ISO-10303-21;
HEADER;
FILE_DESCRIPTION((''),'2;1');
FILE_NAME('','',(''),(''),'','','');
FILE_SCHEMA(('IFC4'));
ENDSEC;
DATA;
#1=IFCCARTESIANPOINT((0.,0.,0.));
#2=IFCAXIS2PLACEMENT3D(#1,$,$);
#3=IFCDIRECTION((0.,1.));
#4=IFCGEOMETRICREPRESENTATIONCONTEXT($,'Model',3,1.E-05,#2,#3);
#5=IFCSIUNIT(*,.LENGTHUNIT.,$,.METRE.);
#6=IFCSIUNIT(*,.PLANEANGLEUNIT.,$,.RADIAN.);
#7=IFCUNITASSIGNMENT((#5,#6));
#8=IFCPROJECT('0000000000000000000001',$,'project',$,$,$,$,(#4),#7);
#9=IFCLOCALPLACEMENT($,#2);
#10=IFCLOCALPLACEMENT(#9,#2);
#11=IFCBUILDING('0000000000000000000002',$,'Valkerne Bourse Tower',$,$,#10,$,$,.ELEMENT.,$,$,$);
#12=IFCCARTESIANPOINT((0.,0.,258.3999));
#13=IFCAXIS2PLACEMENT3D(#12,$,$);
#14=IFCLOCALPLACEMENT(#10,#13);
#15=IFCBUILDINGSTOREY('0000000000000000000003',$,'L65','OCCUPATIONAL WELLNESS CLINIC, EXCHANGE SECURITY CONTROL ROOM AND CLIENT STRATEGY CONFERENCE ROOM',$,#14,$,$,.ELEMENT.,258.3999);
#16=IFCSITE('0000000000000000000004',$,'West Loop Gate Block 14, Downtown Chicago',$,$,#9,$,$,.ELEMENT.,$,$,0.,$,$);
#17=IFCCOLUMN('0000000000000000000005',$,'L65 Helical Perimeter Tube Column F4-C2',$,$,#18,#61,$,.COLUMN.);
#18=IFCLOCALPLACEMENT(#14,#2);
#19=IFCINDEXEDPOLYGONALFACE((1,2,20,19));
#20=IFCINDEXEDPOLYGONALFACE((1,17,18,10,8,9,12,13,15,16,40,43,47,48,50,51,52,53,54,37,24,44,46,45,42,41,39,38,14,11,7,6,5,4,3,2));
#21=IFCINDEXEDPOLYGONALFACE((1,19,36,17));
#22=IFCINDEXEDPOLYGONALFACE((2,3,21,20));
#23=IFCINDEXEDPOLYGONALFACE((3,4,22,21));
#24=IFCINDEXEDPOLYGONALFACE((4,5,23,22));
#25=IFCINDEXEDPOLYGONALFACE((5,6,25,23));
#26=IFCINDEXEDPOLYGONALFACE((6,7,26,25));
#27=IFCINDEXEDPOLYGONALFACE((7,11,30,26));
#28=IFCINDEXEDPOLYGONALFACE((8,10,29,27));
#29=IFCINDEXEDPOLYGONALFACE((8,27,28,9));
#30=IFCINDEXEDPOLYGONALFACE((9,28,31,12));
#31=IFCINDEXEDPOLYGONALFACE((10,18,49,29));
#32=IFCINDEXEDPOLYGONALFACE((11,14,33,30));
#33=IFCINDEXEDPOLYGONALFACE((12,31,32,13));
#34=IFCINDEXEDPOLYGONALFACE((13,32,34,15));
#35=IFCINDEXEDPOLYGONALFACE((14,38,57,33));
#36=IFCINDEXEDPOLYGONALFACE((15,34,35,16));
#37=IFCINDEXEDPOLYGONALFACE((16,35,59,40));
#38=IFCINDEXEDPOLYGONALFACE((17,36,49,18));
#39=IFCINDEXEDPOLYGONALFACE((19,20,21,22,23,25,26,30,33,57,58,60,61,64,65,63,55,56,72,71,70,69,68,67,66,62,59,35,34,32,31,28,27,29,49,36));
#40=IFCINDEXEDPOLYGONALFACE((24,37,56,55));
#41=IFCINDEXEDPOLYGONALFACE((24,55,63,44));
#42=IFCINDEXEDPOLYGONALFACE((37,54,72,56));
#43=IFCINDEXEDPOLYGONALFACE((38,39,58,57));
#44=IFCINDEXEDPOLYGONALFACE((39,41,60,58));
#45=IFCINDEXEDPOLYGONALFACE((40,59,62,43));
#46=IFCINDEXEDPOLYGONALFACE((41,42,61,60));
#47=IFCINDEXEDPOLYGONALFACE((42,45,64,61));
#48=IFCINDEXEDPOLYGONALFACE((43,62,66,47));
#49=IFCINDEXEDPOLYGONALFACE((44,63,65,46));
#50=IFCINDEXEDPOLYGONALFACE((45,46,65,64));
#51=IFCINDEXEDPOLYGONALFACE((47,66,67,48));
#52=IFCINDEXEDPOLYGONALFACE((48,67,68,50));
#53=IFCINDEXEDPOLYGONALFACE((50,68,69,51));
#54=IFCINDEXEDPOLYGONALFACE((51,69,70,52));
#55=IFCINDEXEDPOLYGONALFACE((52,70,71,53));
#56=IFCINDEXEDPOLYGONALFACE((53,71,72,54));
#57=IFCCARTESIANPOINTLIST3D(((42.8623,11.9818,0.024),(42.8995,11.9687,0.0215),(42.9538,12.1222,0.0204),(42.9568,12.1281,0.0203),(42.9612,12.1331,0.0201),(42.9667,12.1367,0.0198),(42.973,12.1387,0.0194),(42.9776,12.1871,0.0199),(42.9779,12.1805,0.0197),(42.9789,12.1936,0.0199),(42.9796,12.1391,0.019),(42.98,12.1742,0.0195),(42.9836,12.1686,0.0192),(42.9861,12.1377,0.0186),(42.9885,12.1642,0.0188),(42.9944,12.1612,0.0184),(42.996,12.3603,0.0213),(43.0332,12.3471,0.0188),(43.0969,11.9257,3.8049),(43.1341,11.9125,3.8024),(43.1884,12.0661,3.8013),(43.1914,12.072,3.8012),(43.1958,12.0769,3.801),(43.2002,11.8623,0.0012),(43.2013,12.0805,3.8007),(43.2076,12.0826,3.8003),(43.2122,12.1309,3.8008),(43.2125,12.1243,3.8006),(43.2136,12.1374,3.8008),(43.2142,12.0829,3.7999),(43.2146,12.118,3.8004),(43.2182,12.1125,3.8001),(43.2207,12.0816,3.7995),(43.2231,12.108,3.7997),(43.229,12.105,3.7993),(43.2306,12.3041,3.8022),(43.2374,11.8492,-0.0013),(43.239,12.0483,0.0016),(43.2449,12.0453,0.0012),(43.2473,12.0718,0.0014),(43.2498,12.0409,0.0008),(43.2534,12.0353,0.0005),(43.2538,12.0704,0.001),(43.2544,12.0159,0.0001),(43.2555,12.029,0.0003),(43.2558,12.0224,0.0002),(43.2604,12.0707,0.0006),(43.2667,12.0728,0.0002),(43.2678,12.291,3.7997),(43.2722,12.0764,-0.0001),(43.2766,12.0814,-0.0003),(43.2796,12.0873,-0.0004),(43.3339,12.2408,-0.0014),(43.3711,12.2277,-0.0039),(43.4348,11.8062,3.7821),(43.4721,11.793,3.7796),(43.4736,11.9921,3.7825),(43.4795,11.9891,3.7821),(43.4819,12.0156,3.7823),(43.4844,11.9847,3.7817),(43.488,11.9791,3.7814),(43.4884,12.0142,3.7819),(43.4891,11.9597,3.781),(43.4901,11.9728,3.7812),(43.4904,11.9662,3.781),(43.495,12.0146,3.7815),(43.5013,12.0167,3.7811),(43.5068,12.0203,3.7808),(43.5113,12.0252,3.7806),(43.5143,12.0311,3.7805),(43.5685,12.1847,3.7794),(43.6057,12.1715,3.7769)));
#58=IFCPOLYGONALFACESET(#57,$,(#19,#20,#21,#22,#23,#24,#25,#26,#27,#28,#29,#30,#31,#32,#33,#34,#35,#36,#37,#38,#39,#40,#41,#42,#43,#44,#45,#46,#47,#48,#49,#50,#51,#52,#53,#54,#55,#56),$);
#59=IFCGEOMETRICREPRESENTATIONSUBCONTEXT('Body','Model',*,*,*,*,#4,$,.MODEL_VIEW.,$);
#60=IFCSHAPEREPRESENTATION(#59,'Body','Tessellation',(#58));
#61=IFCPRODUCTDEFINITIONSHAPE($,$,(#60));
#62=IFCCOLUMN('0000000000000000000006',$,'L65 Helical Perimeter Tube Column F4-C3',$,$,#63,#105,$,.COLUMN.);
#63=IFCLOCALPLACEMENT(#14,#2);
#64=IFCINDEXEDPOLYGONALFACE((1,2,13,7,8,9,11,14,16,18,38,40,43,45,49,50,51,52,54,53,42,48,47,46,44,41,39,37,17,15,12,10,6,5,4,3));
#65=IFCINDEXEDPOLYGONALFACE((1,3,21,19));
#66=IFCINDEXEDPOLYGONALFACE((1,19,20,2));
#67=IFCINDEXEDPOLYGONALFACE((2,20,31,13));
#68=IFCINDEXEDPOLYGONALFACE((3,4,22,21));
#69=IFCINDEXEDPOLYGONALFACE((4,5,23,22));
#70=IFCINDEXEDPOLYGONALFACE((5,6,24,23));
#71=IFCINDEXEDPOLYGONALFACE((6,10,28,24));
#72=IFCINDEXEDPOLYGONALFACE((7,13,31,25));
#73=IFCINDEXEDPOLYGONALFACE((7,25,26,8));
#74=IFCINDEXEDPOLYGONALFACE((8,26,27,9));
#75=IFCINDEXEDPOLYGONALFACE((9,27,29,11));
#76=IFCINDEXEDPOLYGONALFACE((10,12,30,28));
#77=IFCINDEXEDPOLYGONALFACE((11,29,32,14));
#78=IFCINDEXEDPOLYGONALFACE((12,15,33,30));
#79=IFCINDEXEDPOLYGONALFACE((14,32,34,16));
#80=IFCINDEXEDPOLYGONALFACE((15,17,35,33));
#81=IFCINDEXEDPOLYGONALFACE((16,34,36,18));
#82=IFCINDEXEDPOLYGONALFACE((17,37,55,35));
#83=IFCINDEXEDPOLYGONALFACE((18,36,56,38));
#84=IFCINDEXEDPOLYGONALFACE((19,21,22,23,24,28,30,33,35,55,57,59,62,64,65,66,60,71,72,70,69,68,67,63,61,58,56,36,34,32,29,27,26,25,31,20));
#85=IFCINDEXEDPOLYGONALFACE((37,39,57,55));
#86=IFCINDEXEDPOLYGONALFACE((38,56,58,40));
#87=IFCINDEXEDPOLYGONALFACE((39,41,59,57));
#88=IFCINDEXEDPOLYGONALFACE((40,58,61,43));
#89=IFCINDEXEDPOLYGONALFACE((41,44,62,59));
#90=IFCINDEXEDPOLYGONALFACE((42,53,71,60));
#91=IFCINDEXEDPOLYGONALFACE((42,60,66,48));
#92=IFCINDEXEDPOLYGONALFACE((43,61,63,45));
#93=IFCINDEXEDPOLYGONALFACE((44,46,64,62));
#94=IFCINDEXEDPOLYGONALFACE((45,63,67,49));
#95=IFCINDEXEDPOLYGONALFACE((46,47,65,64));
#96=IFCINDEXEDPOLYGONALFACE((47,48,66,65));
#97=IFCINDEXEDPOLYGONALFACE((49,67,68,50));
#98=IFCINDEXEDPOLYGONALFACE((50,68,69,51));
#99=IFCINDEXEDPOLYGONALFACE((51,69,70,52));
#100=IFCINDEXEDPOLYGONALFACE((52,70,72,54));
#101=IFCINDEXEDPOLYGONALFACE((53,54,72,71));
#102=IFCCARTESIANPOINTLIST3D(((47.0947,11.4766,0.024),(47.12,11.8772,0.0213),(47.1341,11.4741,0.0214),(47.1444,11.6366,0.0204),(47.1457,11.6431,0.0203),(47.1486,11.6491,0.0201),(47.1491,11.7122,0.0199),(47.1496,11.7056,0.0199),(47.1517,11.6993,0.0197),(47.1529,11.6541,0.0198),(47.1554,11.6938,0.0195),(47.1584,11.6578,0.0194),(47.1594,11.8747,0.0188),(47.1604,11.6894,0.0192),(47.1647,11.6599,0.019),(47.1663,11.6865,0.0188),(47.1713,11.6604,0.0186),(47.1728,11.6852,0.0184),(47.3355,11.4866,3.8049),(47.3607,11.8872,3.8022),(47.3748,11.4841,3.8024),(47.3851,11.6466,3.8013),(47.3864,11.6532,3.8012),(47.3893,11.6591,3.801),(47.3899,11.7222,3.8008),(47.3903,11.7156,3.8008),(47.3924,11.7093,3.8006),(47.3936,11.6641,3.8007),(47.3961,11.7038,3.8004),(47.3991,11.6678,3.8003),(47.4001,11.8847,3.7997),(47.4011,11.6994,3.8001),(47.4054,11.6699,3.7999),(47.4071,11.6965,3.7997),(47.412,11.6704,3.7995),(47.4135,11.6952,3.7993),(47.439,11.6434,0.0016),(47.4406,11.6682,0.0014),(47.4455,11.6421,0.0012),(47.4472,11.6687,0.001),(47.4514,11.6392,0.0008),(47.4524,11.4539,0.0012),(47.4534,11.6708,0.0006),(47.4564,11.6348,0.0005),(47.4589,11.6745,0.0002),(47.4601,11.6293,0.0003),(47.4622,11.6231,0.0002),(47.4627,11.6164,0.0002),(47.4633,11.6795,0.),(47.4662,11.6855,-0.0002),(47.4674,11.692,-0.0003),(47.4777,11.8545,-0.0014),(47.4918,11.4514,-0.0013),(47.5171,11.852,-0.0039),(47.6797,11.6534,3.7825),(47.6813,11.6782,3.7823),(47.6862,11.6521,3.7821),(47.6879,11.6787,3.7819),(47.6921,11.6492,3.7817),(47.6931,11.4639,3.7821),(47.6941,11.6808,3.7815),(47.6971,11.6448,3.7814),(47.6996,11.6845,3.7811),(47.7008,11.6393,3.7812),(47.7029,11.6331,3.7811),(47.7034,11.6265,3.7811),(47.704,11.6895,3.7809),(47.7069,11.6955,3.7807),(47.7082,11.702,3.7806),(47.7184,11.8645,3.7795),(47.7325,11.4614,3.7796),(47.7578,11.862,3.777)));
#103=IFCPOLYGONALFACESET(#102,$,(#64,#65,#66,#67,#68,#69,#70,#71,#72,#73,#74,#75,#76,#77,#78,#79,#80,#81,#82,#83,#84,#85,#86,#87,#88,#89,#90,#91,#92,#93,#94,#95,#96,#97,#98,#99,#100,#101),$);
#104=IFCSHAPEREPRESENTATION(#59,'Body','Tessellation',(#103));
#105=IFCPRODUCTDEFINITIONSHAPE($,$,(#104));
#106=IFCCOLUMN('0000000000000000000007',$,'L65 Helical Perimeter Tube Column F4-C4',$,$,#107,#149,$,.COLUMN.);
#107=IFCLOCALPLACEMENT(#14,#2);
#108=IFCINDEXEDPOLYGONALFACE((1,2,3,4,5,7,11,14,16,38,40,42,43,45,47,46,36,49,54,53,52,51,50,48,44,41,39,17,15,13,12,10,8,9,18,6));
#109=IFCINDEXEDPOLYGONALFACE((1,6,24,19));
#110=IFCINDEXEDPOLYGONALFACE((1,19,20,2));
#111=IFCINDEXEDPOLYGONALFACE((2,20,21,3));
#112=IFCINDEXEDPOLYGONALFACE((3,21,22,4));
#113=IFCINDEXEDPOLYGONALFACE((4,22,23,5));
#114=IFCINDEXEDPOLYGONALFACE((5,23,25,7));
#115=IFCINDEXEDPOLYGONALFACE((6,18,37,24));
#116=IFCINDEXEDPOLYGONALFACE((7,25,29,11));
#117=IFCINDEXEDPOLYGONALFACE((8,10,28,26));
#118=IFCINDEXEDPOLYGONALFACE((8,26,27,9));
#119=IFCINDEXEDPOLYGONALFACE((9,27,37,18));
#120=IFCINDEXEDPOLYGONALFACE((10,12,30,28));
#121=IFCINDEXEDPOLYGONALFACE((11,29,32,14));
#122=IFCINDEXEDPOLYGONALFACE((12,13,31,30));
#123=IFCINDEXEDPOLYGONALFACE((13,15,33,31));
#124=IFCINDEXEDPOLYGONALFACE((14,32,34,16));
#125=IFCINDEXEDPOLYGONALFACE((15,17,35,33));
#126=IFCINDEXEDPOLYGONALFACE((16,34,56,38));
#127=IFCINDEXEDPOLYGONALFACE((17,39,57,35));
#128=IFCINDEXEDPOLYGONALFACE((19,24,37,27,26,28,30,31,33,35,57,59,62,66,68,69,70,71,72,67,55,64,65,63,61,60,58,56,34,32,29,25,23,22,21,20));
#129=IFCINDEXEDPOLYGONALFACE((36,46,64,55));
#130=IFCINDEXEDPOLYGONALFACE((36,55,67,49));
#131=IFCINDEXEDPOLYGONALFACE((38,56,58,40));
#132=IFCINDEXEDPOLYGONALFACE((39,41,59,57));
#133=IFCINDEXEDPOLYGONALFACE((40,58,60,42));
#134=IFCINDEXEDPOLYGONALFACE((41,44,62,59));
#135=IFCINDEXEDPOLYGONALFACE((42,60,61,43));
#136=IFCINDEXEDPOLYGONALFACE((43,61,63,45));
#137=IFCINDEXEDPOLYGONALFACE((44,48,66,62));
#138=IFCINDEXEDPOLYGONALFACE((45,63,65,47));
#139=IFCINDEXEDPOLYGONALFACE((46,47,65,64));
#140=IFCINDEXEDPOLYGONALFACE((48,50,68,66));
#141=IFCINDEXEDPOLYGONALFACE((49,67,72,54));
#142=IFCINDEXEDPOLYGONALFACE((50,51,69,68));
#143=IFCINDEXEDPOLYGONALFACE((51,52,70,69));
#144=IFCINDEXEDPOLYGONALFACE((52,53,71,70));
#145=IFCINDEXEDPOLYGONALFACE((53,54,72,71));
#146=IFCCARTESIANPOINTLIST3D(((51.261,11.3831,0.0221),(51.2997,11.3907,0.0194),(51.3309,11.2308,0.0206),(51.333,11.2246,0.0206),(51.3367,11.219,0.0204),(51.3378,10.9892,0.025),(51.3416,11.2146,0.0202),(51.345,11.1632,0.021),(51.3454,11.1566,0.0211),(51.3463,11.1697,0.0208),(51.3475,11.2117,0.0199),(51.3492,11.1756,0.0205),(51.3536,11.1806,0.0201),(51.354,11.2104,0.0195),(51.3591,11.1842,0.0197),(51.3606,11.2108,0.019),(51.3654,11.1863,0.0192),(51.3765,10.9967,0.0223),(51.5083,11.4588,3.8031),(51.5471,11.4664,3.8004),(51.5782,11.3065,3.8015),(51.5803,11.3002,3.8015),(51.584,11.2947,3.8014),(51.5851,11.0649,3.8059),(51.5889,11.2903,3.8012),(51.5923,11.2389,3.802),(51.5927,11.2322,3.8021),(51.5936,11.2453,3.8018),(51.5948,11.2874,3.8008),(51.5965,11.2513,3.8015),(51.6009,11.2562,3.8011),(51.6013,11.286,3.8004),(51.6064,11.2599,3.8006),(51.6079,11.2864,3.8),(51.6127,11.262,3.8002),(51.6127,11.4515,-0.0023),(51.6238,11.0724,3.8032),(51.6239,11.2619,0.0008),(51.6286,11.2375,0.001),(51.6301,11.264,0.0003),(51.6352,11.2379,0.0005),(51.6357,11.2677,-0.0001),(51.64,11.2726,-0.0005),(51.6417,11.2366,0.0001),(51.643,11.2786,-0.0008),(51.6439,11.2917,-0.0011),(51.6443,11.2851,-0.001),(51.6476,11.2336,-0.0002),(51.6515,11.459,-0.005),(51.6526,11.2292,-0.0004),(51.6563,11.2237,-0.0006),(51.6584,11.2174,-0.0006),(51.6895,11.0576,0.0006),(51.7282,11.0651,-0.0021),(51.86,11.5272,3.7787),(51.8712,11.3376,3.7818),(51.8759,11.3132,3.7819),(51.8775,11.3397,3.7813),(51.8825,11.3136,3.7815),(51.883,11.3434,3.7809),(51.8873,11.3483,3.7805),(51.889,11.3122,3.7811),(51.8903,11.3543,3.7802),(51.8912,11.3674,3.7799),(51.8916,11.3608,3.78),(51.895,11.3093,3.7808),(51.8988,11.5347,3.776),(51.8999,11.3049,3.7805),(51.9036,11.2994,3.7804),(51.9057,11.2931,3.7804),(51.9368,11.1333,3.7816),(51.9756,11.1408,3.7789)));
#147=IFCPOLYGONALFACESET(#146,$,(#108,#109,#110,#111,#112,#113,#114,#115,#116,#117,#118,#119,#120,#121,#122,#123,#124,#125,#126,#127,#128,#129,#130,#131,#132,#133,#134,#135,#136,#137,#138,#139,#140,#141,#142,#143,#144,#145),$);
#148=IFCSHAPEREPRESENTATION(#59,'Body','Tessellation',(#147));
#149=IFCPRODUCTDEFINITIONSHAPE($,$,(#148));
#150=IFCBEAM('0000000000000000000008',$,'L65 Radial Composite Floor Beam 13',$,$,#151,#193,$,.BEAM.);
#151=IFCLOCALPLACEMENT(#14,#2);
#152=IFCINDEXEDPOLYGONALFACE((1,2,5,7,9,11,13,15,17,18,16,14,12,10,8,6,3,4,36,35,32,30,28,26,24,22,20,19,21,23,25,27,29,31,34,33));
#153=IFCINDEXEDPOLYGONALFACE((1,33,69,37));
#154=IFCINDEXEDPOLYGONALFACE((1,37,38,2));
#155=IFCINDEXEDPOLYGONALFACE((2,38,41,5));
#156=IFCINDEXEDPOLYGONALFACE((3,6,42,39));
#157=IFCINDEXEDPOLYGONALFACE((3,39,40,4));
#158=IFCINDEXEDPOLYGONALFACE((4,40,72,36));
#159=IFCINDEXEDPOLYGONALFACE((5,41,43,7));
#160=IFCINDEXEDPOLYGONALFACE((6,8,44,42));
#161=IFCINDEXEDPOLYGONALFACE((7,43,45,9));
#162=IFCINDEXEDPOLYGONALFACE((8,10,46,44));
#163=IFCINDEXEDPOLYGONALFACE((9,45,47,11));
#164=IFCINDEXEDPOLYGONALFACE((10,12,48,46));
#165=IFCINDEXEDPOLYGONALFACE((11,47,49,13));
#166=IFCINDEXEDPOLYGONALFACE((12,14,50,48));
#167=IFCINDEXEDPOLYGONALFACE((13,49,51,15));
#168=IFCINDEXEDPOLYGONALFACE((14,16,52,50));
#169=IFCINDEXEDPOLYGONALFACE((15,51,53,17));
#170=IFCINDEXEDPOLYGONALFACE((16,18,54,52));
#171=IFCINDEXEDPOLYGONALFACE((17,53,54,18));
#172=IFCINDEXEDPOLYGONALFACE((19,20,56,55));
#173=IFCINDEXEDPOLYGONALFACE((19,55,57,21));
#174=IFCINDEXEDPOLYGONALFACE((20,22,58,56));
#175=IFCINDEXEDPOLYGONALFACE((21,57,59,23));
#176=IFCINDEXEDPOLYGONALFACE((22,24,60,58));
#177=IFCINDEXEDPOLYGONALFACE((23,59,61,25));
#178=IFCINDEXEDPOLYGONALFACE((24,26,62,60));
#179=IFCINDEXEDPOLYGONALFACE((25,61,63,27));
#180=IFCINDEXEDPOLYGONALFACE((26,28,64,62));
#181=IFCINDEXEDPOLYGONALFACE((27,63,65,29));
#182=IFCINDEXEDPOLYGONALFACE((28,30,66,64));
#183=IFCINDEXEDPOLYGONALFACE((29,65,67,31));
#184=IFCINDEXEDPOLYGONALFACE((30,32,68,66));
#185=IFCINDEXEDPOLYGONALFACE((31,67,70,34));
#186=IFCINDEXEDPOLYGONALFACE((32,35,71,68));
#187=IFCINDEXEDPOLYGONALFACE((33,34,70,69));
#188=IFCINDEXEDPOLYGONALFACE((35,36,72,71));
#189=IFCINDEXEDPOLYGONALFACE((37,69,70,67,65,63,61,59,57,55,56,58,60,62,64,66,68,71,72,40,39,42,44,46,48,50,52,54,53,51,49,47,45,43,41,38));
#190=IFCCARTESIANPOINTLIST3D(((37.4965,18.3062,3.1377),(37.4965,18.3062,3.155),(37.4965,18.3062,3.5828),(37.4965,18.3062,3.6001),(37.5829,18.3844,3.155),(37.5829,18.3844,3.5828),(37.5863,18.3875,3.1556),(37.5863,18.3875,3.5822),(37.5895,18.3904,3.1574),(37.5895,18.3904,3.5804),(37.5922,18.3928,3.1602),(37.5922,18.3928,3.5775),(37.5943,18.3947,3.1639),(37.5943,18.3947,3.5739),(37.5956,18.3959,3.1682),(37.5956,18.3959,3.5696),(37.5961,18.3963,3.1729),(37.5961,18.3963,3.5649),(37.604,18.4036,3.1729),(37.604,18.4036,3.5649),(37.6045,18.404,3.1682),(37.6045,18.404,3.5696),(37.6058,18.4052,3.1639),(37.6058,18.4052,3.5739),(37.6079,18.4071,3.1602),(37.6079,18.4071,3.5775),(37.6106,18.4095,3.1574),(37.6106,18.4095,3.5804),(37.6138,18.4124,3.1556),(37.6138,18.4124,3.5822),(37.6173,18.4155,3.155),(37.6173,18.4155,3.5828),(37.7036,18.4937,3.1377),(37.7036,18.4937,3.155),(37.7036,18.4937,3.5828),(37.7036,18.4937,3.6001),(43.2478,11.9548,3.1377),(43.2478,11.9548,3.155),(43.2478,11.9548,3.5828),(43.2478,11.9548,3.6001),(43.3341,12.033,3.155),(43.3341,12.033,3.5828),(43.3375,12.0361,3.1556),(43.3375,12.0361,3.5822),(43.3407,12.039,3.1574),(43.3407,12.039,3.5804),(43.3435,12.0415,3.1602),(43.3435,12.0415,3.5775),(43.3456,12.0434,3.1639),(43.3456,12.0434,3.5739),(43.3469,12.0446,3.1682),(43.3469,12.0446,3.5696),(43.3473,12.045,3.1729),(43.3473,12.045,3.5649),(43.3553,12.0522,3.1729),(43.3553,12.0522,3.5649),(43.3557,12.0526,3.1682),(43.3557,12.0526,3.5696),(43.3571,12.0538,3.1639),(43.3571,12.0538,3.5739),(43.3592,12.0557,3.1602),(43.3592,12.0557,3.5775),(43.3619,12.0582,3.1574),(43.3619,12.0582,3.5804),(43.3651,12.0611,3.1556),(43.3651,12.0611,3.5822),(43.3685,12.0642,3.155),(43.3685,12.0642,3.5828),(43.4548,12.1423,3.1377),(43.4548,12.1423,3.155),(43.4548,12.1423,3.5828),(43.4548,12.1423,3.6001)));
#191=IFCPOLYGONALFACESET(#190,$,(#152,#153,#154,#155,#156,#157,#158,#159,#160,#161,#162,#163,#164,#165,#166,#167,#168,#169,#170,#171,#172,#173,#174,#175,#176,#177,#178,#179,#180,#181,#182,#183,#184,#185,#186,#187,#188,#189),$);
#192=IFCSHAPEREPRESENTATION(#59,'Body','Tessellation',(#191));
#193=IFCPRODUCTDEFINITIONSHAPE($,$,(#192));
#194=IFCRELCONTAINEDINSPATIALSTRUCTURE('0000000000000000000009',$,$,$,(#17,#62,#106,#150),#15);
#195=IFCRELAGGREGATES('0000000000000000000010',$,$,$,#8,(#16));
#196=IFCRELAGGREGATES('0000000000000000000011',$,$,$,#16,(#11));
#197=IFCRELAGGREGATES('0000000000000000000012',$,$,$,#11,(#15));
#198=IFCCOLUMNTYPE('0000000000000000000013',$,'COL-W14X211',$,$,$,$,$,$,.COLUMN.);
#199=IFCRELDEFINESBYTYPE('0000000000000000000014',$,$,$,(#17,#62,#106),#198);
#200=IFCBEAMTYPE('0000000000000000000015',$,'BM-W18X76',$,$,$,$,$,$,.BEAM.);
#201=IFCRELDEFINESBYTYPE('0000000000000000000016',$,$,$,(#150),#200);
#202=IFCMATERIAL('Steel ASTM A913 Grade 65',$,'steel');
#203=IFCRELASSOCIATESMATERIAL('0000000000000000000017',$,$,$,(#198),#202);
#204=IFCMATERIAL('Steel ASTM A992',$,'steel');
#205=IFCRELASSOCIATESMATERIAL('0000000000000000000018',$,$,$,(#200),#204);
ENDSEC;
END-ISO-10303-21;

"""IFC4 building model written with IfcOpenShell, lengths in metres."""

from ifc_helpers import new_model, si_unit, direction, frame, origin, origin_2d, place, context, subcontext, project, spatial, i_section, extrude, material, material_profile, profile_set, type_object, element, save


model = new_model("IFC4")

# Units and contexts
model_context = context("Model", 3, precision=1e-05, world=origin(), true_north=direction((0.0, 1.0)))
body_context = subcontext(model_context, "Body", "Model", "MODEL_VIEW")
ifc_project = project(units=[si_unit("LENGTHUNIT", "METRE"), si_unit("PLANEANGLEUNIT", "RADIAN")], contexts=[model_context])

# Site, building, storey
site_placement = place(None, origin())
site = spatial("IfcSite", under=ifc_project, at=site_placement, Name="West Loop Gate Block 14, Downtown Chicago", CompositionType="ELEMENT", RefElevation=0.0)
building_placement = place(site_placement, origin())
building = spatial("IfcBuilding", under=site, at=building_placement, Name="Valkerne Bourse Tower", CompositionType="ELEMENT")
storey_placement = place(building_placement, frame((0.0, 0.0, 258.3999)))
storey = spatial("IfcBuildingStorey", under=building, at=storey_placement, Name="L65", Description="OCCUPATIONAL WELLNESS CLINIC, EXCHANGE SECURITY CONTROL ROOM AND CLIENT STRATEGY CONFERENCE ROOM", CompositionType="ELEMENT", Elevation=258.3999)

# Columns
ifc_material_1 = material(Name="Steel ASTM A913 Grade 65", Category="steel")
ifc_material_profile_1 = material_profile(ifc_material_1, i_section(OverallWidth=0.4014, OverallDepth=0.3987, WebThickness=0.0249, FlangeThickness=0.0396, FilletRadius=0.0254, at=origin_2d()), Name="W14X211")
ifc_profile_set_1 = profile_set([ifc_material_profile_1], Name="Steel ASTM A913 Grade 65")
column_type = type_object("IfcColumnType", Name="COL-W14X211", PredefinedType="COLUMN", material=ifc_profile_set_1)
for number, where, z_axis, x_axis, name in (
    (1, (43.1167, 12.1047, 0.01), (0.061926, -0.014821, 0.997971), (0.332937, 0.942926, -0.006656), "L65 Helical Perimeter Tube Column F4-C2"),
    (2, (47.3059, 11.6643, 0.01), (0.063537, 0.002642, 0.997976), (0.062908, 0.997997, -0.006647), "L65 Helical Perimeter Tube Column F4-C3"),
):
    element("IfcColumn", number, at=place(storey_placement, frame(where, z_axis=z_axis, x_axis=x_axis)), inside=storey, type_object=column_type, Name=name, PredefinedType="COLUMN", context=body_context, shape_type="SweptSolid", body=[
        extrude(i_section(OverallWidth=0.4014, OverallDepth=0.3987, WebThickness=0.0249, FlangeThickness=0.0396, FilletRadius=0.0254, at=origin_2d()), origin(), (0.0, 0.0, 1.0), 3.7886),
    ])
column_placement = place(storey_placement, frame((51.4946, 11.2241, 0.01), z_axis=(0.065257, 0.01997, 0.997669), x_axis=(-0.191303, 0.981505, -0.007133)))
element("IfcColumn", 3, at=column_placement, inside=storey, type_object=column_type, Name="L65 Helical Perimeter Tube Column F4-C4", PredefinedType="COLUMN", context=body_context, shape_type="SweptSolid", body=[
    extrude(i_section(OverallWidth=0.4014, OverallDepth=0.3987, WebThickness=0.0249, FlangeThickness=0.0396, FilletRadius=0.0254, at=origin_2d()), origin(), (0.0, 0.0, 1.0), 3.7898),
])

# Beam
ifc_material_2 = material(Name="Steel ASTM A992", Category="steel")
ifc_material_profile_2 = material_profile(ifc_material_2, i_section(OverallWidth=0.2793, OverallDepth=0.4624, WebThickness=0.0107, FlangeThickness=0.0173, FilletRadius=0.0178, at=origin_2d()), Name="W18X76")
ifc_profile_set_2 = profile_set([ifc_material_profile_2], Name="Steel ASTM A992")
beam_type_1 = type_object("IfcBeamType", Name="BM-W18X76", PredefinedType="BEAM", material=ifc_profile_set_2)
beam_1_placement = place(storey_placement, frame((43.3513, 12.0486, 3.3689), z_axis=(-0.671221, 0.741258, 0.0), x_axis=(-0.741258, -0.671221, 0.0)))
element("IfcBeam", 4, at=beam_1_placement, inside=storey, type_object=beam_type_1, Name="L65 Radial Composite Floor Beam 13", PredefinedType="BEAM", context=body_context, shape_type="SweptSolid", body=[
    extrude(i_section(OverallWidth=0.2793, OverallDepth=0.4624, WebThickness=0.0107, FlangeThickness=0.0173, FilletRadius=0.0178, at=origin_2d()), origin(), (0.0, 0.0, 1.0), 8.5684),
])

save(model, "model.ifc")
